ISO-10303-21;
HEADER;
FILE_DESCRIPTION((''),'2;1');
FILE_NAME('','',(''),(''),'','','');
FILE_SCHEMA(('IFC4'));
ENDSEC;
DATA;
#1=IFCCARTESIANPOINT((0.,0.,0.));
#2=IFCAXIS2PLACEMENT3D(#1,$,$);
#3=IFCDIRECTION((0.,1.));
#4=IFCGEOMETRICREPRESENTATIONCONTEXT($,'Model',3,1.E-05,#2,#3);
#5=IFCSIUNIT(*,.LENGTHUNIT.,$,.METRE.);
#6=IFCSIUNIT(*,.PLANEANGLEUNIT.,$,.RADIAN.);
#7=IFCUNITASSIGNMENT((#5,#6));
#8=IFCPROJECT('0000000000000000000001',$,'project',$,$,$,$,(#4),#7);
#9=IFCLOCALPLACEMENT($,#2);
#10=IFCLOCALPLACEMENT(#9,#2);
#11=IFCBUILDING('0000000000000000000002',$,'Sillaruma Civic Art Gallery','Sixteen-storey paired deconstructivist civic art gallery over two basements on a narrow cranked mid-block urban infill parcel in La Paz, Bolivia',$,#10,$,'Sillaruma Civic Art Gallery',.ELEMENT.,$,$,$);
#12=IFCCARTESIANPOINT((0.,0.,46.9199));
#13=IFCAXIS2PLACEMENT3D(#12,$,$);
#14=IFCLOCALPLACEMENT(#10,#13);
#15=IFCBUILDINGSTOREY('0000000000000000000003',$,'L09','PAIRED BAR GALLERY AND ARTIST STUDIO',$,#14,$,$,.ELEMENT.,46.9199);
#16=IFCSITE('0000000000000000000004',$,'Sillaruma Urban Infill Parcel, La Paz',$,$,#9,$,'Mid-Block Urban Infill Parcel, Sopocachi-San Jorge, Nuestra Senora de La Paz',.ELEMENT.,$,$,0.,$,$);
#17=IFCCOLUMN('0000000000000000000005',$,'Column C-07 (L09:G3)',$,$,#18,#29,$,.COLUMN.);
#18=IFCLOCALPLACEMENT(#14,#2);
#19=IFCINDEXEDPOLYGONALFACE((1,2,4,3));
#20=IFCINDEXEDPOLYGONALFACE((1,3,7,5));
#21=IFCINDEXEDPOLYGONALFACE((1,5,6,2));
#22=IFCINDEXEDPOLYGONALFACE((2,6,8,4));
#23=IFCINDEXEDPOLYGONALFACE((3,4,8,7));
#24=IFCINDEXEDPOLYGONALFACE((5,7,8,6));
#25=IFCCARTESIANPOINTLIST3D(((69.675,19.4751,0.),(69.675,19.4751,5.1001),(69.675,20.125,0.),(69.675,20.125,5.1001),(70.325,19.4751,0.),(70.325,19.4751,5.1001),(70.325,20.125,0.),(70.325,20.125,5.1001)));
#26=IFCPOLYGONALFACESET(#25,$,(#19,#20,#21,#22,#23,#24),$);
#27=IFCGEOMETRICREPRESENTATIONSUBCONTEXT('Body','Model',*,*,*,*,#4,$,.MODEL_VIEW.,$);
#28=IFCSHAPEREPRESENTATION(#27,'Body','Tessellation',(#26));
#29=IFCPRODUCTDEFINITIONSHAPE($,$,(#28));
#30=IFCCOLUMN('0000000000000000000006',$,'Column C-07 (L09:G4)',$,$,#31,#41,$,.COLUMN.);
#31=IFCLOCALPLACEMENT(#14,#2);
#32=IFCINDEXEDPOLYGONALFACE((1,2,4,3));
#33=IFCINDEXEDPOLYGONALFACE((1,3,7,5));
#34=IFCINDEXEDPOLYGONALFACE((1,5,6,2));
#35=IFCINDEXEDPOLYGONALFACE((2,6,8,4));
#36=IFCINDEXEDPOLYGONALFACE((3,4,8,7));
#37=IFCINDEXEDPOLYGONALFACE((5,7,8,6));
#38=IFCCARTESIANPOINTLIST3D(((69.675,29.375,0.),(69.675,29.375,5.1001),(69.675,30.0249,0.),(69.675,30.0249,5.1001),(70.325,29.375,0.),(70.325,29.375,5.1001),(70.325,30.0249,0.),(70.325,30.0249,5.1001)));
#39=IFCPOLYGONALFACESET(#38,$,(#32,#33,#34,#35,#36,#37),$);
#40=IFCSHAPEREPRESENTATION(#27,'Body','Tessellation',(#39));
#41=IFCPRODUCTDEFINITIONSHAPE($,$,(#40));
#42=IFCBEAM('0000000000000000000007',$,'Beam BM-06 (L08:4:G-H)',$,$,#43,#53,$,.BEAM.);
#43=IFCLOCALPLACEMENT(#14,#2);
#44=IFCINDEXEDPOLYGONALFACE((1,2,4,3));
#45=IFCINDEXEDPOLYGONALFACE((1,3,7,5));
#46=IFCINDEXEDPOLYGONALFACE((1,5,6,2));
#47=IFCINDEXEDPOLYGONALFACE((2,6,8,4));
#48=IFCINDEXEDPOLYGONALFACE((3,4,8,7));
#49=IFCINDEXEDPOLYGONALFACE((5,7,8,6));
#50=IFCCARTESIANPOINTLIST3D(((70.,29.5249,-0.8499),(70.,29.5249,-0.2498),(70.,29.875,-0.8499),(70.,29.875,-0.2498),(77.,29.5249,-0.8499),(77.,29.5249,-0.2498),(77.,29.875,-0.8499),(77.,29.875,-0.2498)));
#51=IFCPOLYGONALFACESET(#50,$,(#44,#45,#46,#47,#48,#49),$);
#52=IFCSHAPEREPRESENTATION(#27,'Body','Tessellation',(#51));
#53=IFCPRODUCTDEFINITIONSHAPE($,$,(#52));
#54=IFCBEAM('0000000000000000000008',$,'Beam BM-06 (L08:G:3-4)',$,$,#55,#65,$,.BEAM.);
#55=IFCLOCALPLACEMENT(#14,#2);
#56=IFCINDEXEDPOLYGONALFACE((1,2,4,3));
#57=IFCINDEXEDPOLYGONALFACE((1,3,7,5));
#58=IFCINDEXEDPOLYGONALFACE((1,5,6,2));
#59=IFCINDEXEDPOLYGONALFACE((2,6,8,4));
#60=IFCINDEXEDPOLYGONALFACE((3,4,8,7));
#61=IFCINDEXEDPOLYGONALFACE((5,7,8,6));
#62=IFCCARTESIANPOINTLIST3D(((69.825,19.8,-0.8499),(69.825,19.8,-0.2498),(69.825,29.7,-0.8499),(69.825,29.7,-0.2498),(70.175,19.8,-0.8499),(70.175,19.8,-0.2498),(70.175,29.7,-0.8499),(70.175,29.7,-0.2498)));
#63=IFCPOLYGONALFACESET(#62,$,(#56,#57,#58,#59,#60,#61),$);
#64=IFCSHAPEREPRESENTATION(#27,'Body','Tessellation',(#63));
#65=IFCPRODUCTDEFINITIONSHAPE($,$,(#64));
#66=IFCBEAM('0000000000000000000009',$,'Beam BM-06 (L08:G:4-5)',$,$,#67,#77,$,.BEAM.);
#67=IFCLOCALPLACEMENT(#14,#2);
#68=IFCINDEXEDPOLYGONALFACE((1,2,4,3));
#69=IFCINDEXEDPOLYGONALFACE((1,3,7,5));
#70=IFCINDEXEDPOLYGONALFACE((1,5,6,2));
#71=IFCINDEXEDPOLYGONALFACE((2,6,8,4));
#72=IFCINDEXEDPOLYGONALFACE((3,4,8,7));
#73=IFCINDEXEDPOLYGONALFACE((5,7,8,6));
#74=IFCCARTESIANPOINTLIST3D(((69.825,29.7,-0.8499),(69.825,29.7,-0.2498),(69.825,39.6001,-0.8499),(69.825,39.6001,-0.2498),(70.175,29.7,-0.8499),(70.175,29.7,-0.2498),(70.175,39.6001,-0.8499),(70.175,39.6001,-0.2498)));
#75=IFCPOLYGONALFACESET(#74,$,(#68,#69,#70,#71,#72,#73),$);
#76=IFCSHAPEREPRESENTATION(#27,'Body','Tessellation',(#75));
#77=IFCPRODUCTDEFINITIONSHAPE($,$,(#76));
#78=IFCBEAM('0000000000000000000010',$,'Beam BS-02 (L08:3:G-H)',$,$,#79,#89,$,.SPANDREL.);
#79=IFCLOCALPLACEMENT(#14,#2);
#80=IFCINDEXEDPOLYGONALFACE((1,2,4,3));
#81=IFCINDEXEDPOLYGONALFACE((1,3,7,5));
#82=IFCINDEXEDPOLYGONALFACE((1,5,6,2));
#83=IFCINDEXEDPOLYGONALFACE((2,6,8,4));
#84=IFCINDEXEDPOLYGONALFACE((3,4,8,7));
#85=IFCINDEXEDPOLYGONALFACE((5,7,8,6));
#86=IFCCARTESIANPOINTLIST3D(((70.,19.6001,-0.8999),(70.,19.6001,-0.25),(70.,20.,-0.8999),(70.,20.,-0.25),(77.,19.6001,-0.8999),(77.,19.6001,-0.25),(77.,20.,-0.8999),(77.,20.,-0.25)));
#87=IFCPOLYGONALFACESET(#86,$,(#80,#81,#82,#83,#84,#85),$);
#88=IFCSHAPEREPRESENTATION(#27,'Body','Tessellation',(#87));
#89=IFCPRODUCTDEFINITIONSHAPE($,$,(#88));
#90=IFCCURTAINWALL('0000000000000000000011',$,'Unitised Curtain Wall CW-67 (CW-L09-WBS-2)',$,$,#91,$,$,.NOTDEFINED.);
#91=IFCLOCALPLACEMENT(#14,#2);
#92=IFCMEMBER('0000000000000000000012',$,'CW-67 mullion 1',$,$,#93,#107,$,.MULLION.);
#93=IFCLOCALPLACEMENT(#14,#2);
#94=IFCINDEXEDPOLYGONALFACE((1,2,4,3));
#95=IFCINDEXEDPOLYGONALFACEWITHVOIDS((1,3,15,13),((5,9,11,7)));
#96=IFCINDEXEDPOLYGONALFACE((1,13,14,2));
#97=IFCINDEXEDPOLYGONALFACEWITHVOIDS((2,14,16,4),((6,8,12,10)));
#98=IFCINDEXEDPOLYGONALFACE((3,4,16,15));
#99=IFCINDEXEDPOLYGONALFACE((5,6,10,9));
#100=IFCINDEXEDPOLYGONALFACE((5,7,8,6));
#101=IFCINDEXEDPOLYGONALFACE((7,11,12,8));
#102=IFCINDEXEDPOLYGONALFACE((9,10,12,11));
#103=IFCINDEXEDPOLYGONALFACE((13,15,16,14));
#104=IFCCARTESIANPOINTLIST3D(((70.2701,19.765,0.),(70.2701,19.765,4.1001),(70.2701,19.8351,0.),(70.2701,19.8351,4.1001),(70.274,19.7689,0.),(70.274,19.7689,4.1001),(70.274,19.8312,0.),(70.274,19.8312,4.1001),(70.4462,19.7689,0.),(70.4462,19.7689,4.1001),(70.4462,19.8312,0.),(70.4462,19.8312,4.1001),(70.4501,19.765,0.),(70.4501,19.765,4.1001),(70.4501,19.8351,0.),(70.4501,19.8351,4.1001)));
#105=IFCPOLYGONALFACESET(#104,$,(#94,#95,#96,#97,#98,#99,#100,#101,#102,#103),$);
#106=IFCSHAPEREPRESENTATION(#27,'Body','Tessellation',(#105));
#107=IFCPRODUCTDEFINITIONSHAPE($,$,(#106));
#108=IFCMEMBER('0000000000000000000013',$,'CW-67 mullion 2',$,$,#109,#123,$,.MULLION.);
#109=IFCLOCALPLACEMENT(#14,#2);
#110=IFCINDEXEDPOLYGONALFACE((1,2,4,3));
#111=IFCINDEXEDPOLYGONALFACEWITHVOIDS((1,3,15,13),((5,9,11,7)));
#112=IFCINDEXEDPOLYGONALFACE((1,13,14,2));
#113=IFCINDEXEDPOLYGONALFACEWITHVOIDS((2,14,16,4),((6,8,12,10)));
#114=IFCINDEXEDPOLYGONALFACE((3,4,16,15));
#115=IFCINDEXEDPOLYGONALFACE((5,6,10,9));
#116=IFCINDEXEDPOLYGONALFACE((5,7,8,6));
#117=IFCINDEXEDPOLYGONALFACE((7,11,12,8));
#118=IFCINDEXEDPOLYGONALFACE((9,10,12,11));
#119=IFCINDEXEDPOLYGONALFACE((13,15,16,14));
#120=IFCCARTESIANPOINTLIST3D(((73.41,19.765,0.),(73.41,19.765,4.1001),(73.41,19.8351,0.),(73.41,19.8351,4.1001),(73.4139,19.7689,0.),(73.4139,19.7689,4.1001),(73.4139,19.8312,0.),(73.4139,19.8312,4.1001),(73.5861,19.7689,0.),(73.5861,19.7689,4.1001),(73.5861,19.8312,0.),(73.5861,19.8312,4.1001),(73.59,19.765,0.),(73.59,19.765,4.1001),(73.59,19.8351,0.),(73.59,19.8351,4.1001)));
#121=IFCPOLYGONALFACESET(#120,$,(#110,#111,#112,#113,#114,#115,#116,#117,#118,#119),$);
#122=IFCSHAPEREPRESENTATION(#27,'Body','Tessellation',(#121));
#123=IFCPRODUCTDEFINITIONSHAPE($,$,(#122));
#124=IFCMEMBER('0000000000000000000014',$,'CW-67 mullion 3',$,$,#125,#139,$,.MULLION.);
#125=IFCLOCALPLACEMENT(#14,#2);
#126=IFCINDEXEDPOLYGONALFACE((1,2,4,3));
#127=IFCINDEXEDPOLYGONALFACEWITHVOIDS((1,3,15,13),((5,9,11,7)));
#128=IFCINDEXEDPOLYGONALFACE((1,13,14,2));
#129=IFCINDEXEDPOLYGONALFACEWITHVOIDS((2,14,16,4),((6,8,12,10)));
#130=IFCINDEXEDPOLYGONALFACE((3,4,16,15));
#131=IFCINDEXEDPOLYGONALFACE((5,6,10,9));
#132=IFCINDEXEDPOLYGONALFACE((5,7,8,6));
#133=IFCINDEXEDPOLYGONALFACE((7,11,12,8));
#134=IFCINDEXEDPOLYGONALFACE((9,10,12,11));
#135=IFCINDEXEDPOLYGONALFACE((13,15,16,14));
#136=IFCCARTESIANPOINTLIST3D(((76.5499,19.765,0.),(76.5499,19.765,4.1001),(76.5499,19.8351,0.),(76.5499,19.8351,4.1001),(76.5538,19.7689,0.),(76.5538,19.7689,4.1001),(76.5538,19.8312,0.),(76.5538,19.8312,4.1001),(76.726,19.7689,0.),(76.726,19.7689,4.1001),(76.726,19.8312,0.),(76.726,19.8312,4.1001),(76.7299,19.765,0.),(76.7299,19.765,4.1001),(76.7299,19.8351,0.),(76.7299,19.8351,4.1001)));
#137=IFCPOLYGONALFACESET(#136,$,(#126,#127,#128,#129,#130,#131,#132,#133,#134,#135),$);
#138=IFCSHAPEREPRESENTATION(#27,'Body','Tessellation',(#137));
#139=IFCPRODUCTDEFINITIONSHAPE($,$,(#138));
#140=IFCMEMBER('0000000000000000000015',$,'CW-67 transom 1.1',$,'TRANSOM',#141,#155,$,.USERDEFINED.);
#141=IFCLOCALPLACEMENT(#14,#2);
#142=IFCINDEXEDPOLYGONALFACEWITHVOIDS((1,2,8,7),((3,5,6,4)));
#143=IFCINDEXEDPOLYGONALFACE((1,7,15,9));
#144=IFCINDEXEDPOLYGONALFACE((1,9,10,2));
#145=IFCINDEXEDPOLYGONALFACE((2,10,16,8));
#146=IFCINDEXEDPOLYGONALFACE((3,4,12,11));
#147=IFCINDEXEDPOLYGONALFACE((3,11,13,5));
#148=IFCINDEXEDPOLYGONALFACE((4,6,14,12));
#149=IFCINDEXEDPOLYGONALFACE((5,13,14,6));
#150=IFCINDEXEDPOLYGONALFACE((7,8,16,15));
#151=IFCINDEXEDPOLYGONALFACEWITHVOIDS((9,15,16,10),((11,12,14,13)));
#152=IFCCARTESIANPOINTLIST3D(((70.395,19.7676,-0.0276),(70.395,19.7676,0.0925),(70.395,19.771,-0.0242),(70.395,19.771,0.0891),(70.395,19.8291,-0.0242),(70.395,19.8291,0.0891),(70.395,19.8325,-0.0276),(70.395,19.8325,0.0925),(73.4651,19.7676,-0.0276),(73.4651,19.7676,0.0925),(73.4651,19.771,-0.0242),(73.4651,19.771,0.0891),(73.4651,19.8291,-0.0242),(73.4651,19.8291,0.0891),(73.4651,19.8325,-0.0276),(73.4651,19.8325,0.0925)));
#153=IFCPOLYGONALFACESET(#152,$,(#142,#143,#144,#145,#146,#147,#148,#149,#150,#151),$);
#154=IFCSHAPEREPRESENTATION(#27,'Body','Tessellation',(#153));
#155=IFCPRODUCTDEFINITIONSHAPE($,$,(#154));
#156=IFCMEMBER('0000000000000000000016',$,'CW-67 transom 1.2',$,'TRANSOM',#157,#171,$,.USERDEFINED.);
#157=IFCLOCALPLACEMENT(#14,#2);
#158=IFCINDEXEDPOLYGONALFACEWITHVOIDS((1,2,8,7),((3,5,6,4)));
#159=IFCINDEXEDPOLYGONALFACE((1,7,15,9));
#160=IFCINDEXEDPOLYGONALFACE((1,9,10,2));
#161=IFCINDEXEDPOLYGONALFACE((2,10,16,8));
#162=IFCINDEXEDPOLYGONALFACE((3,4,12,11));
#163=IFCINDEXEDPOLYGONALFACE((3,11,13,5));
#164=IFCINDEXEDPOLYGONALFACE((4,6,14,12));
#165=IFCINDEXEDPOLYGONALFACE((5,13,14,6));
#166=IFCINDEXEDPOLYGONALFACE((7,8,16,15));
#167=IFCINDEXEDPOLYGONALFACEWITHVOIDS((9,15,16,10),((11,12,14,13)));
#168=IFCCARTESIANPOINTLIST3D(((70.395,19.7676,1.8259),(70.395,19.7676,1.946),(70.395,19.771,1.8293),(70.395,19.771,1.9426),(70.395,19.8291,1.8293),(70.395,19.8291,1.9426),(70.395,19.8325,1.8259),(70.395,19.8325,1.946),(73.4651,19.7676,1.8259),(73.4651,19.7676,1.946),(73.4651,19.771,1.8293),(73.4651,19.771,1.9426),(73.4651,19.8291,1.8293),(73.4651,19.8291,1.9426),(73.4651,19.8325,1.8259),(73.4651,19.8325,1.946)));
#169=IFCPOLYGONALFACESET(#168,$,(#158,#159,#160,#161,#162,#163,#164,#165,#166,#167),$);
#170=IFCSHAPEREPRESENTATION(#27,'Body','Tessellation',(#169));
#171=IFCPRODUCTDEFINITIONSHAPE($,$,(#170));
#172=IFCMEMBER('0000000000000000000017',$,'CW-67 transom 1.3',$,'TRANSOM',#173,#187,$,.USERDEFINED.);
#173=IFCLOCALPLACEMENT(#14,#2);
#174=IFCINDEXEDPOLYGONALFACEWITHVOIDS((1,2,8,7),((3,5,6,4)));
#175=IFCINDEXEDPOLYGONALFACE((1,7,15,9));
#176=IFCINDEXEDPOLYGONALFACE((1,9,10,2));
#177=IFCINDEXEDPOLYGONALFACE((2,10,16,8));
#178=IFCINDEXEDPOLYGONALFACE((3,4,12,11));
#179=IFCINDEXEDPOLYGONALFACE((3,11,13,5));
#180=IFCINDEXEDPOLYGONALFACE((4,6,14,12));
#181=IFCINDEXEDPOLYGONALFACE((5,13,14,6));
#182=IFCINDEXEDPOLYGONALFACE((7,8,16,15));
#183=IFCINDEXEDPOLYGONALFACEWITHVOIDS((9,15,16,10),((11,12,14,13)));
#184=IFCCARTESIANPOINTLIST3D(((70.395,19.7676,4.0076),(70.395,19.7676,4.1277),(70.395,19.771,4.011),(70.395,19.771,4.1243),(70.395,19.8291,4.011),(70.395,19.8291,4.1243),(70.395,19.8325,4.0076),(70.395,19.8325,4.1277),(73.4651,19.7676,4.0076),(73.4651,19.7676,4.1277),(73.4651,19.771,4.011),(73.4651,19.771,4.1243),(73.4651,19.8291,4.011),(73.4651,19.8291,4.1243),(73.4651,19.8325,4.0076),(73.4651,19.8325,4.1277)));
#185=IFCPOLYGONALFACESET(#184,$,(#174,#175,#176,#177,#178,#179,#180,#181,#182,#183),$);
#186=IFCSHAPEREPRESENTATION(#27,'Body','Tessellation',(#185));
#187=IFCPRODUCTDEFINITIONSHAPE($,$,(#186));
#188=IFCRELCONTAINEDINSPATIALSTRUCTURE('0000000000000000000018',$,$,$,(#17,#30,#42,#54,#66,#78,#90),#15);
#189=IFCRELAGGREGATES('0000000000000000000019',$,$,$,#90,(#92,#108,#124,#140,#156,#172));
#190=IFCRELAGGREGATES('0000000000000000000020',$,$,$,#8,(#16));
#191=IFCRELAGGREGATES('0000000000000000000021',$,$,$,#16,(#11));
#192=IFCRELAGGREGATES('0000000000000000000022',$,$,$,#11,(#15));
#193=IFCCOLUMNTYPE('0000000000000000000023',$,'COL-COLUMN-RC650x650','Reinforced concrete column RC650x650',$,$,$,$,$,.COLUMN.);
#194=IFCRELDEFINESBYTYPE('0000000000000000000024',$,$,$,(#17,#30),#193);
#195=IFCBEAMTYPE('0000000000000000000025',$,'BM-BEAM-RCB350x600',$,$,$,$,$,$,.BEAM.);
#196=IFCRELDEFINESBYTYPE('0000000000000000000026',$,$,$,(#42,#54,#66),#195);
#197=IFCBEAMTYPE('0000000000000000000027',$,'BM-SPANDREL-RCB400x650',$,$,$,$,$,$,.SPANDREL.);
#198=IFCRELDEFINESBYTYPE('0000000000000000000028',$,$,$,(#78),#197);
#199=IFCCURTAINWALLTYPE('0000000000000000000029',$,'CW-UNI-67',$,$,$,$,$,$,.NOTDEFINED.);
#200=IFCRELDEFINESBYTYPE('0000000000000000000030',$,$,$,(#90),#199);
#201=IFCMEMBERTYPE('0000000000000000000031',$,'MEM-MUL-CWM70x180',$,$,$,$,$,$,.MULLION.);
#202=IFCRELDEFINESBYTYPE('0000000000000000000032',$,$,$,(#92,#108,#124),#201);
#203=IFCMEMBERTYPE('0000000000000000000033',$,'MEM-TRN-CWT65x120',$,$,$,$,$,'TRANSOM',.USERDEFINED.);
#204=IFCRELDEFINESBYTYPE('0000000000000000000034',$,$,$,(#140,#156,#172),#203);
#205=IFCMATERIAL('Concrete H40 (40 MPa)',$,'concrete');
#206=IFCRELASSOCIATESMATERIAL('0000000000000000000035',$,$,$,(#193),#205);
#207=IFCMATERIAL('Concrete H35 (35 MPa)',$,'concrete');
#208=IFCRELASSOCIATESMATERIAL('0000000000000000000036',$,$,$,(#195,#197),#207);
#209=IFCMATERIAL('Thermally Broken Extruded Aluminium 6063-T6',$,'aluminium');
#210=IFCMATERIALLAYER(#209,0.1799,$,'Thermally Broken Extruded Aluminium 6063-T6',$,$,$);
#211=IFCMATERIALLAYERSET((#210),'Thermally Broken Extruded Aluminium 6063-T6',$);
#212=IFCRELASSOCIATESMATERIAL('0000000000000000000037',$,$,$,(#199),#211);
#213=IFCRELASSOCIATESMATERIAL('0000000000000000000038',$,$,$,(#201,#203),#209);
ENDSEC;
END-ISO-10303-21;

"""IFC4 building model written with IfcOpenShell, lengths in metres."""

from ifc_helpers import new_model, si_unit, direction, frame, origin, origin_2d, place, context, subcontext, project, spatial, rectangle, hollow_rectangle, extrude, material, layer, layer_set, material_profile, profile_set, type_object, element, aggregate, save


model = new_model("IFC4")

# Units and contexts
model_context = context("Model", 3, precision=1e-05, world=origin(), true_north=direction((0.0, 1.0)))
body_context = subcontext(model_context, "Body", "Model", "MODEL_VIEW")
ifc_project = project(units=[si_unit("LENGTHUNIT", "METRE"), si_unit("PLANEANGLEUNIT", "RADIAN")], contexts=[model_context])

# Site, building, storey
site_placement = place(None, origin())
site = spatial("IfcSite", under=ifc_project, at=site_placement, Name="Sillaruma Urban Infill Parcel, La Paz", LongName="Mid-Block Urban Infill Parcel, Sopocachi-San Jorge, Nuestra Senora de La Paz", CompositionType="ELEMENT", RefElevation=0.0)
building_placement = place(site_placement, origin())
building = spatial("IfcBuilding", under=site, at=building_placement, Name="Sillaruma Civic Art Gallery", Description="Sixteen-storey paired deconstructivist civic art gallery over two basements on a narrow cranked mid-block urban infill parcel in La Paz, Bolivia", LongName="Sillaruma Civic Art Gallery", CompositionType="ELEMENT")
storey_placement = place(building_placement, frame((0.0, 0.0, 46.9199)))
storey = spatial("IfcBuildingStorey", under=building, at=storey_placement, Name="L09", Description="PAIRED BAR GALLERY AND ARTIST STUDIO", CompositionType="ELEMENT", Elevation=46.9199)

# Columns
ifc_material_1 = material(Name="Concrete H40 (40 MPa)", Category="concrete")
ifc_material_profile_1 = material_profile(ifc_material_1, rectangle(XDim=0.6499, YDim=0.6499, at=origin_2d()), Name="RC650x650")
ifc_profile_set_1 = profile_set([ifc_material_profile_1], Name="Concrete H40 (40 MPa)")
column_type = type_object("IfcColumnType", Name="COL-COLUMN-RC650x650", Description="Reinforced concrete column RC650x650", PredefinedType="COLUMN", material=ifc_profile_set_1)
for number, where, z_axis, x_axis, name in (
    (1, (70.0, 19.8, 0.0), (0.0, 0.0, 1.0), (1.0, 0.0, 0.0), "Column C-07 (L09:G3)"),
    (2, (70.0, 29.7, 0.0), (0.0, 0.0, 1.0), (1.0, 0.0, 0.0), "Column C-07 (L09:G4)"),
):
    element("IfcColumn", number, at=place(storey_placement, frame(where, z_axis=z_axis, x_axis=x_axis)), inside=storey, type_object=column_type, Name=name, PredefinedType="COLUMN", context=body_context, shape_type="SweptSolid", body=[
        extrude(rectangle(XDim=0.6499, YDim=0.6499, at=origin_2d()), origin(), (0.0, 0.0, 1.0), 5.1001),
    ])

# Beams
ifc_material_2 = material(Name="Concrete H35 (35 MPa)", Category="concrete")
ifc_material_profile_2 = material_profile(ifc_material_2, rectangle(XDim=0.3501, YDim=0.6001, at=origin_2d()), Name="RCB350x600")
ifc_profile_set_2 = profile_set([ifc_material_profile_2], Name="Concrete H35 (35 MPa)")
beam_type_1 = type_object("IfcBeamType", Name="BM-BEAM-RCB350x600", PredefinedType="BEAM", material=ifc_profile_set_2)
beam_1_placement = place(storey_placement, frame((70.0, 29.7, -0.5498), z_axis=(1.0, 0.0, 0.0), x_axis=(0.0, 1.0, 0.0)))
element("IfcBeam", 3, at=beam_1_placement, inside=storey, type_object=beam_type_1, Name="Beam BM-06 (L08:4:G-H)", PredefinedType="BEAM", context=body_context, shape_type="SweptSolid", body=[
    extrude(rectangle(XDim=0.3501, YDim=0.6001, at=origin_2d()), origin(), (0.0, 0.0, 1.0), 7.0),
])
beam_2_placement = place(storey_placement, frame((70.0, 19.8, -0.5498), z_axis=(0.0, 1.0, 0.0), x_axis=(-1.0, 0.0, 0.0)))
element("IfcBeam", 4, at=beam_2_placement, inside=storey, type_object=beam_type_1, Name="Beam BM-06 (L08:G:3-4)", PredefinedType="BEAM", context=body_context, shape_type="SweptSolid", body=[
    extrude(rectangle(XDim=0.3501, YDim=0.6001, at=origin_2d()), origin(), (0.0, 0.0, 1.0), 9.8999),
])
beam_3_placement = place(storey_placement, frame((70.0, 29.7, -0.5498), z_axis=(0.0, 1.0, 0.0), x_axis=(-1.0, 0.0, 0.0)))
element("IfcBeam", 5, at=beam_3_placement, inside=storey, type_object=beam_type_1, Name="Beam BM-06 (L08:G:4-5)", PredefinedType="BEAM", context=body_context, shape_type="SweptSolid", body=[
    extrude(rectangle(XDim=0.3501, YDim=0.6001, at=origin_2d()), origin(), (0.0, 0.0, 1.0), 9.9001),
])
ifc_material_profile_3 = material_profile(ifc_material_2, rectangle(XDim=0.3999, YDim=0.6499, at=origin_2d()), Name="RCB400x650")
ifc_profile_set_3 = profile_set([ifc_material_profile_3], Name="Concrete H35 (35 MPa)")
beam_type_2 = type_object("IfcBeamType", Name="BM-SPANDREL-RCB400x650", PredefinedType="SPANDREL", material=ifc_profile_set_3)
beam_4_placement = place(storey_placement, frame((70.0, 19.8, -0.575), z_axis=(1.0, 0.0, 0.0), x_axis=(0.0, 1.0, 0.0)))
element("IfcBeam", 6, at=beam_4_placement, inside=storey, type_object=beam_type_2, Name="Beam BS-02 (L08:3:G-H)", PredefinedType="SPANDREL", context=body_context, shape_type="SweptSolid", body=[
    extrude(rectangle(XDim=0.3999, YDim=0.6499, at=origin_2d()), origin(), (0.0, 0.0, 1.0), 7.0),
])

# Curtain wall, members
ifc_material_3 = material(Name="Thermally Broken Extruded Aluminium 6063-T6", Category="aluminium")
ifc_layer_1 = layer(ifc_material_3, 0.1799, Name="Thermally Broken Extruded Aluminium 6063-T6")
ifc_layer_set_1 = layer_set([ifc_layer_1], Name="Thermally Broken Extruded Aluminium 6063-T6")
curtain_wall_type = type_object("IfcCurtainWallType", Name="CW-UNI-67", PredefinedType="NOTDEFINED", material=ifc_layer_set_1)
curtain_wall_placement = place(storey_placement, origin())
curtain_wall = element("IfcCurtainWall", 7, at=curtain_wall_placement, inside=storey, type_object=curtain_wall_type, Name="Unitised Curtain Wall CW-67 (CW-L09-WBS-2)", PredefinedType="NOTDEFINED")
ifc_material_profile_4 = material_profile(ifc_material_3, hollow_rectangle(XDim=0.0701, YDim=0.1799, WallThickness=0.0039, at=origin_2d()), Name="CWM70x180")
ifc_profile_set_4 = profile_set([ifc_material_profile_4], Name="Thermally Broken Extruded Aluminium 6063-T6")
member_type_1 = type_object("IfcMemberType", Name="MEM-MUL-CWM70x180", PredefinedType="MULLION", material=ifc_profile_set_4)
member_1_placement = place(storey_placement, frame((70.3601, 19.8, 0.0), z_axis=(0.0, 0.0, 1.0), x_axis=(0.0, 1.0, 0.0)))
member_1 = element("IfcMember", 8, at=member_1_placement, type_object=member_type_1, Name="CW-67 mullion 1", PredefinedType="MULLION", context=body_context, shape_type="SweptSolid", body=[
    extrude(hollow_rectangle(XDim=0.0701, YDim=0.1799, WallThickness=0.0039, at=origin_2d()), origin(), (0.0, 0.0, 1.0), 4.1001),
])
member_2_placement = place(storey_placement, frame((73.5, 19.8, 0.0), z_axis=(0.0, 0.0, 1.0), x_axis=(0.0, 1.0, 0.0)))
member_2 = element("IfcMember", 9, at=member_2_placement, type_object=member_type_1, Name="CW-67 mullion 2", PredefinedType="MULLION", context=body_context, shape_type="SweptSolid", body=[
    extrude(hollow_rectangle(XDim=0.0701, YDim=0.1799, WallThickness=0.0039, at=origin_2d()), origin(), (0.0, 0.0, 1.0), 4.1001),
])
member_3_placement = place(storey_placement, frame((76.6399, 19.8, 0.0), z_axis=(0.0, 0.0, 1.0), x_axis=(0.0, 1.0, 0.0)))
member_3 = element("IfcMember", 10, at=member_3_placement, type_object=member_type_1, Name="CW-67 mullion 3", PredefinedType="MULLION", context=body_context, shape_type="SweptSolid", body=[
    extrude(hollow_rectangle(XDim=0.0701, YDim=0.1799, WallThickness=0.0039, at=origin_2d()), origin(), (0.0, 0.0, 1.0), 4.1001),
])
ifc_material_profile_5 = material_profile(ifc_material_3, hollow_rectangle(XDim=0.0649, YDim=0.1201, WallThickness=0.0034, at=origin_2d()), Name="CWT65x120")
ifc_profile_set_5 = profile_set([ifc_material_profile_5], Name="Thermally Broken Extruded Aluminium 6063-T6")
member_type_2 = type_object("IfcMemberType", Name="MEM-TRN-CWT65x120", ElementType="TRANSOM", PredefinedType="USERDEFINED", material=ifc_profile_set_5)
member_4_placement = place(storey_placement, frame((70.395, 19.8, 0.0325), z_axis=(1.0, 0.0, 0.0), x_axis=(0.0, 1.0, 0.0)))
member_4 = element("IfcMember", 11, at=member_4_placement, type_object=member_type_2, Name="CW-67 transom 1.1", ObjectType="TRANSOM", PredefinedType="USERDEFINED", context=body_context, shape_type="SweptSolid", body=[
    extrude(hollow_rectangle(XDim=0.0649, YDim=0.1201, WallThickness=0.0034, at=origin_2d()), origin(), (0.0, 0.0, 1.0), 3.0701),
])
member_5_placement = place(storey_placement, frame((70.395, 19.8, 1.886), z_axis=(1.0, 0.0, 0.0), x_axis=(0.0, 1.0, 0.0)))
member_5 = element("IfcMember", 12, at=member_5_placement, type_object=member_type_2, Name="CW-67 transom 1.2", ObjectType="TRANSOM", PredefinedType="USERDEFINED", context=body_context, shape_type="SweptSolid", body=[
    extrude(hollow_rectangle(XDim=0.0649, YDim=0.1201, WallThickness=0.0034, at=origin_2d()), origin(), (0.0, 0.0, 1.0), 3.0701),
])
member_6_placement = place(storey_placement, frame((70.395, 19.8, 4.0676), z_axis=(1.0, 0.0, 0.0), x_axis=(0.0, 1.0, 0.0)))
member_6 = element("IfcMember", 13, at=member_6_placement, type_object=member_type_2, Name="CW-67 transom 1.3", ObjectType="TRANSOM", PredefinedType="USERDEFINED", context=body_context, shape_type="SweptSolid", body=[
    extrude(hollow_rectangle(XDim=0.0649, YDim=0.1201, WallThickness=0.0034, at=origin_2d()), origin(), (0.0, 0.0, 1.0), 3.0701),
])
aggregate(curtain_wall, [member_1, member_2, member_3, member_4, member_5, member_6])

save(model, "model.ifc")
